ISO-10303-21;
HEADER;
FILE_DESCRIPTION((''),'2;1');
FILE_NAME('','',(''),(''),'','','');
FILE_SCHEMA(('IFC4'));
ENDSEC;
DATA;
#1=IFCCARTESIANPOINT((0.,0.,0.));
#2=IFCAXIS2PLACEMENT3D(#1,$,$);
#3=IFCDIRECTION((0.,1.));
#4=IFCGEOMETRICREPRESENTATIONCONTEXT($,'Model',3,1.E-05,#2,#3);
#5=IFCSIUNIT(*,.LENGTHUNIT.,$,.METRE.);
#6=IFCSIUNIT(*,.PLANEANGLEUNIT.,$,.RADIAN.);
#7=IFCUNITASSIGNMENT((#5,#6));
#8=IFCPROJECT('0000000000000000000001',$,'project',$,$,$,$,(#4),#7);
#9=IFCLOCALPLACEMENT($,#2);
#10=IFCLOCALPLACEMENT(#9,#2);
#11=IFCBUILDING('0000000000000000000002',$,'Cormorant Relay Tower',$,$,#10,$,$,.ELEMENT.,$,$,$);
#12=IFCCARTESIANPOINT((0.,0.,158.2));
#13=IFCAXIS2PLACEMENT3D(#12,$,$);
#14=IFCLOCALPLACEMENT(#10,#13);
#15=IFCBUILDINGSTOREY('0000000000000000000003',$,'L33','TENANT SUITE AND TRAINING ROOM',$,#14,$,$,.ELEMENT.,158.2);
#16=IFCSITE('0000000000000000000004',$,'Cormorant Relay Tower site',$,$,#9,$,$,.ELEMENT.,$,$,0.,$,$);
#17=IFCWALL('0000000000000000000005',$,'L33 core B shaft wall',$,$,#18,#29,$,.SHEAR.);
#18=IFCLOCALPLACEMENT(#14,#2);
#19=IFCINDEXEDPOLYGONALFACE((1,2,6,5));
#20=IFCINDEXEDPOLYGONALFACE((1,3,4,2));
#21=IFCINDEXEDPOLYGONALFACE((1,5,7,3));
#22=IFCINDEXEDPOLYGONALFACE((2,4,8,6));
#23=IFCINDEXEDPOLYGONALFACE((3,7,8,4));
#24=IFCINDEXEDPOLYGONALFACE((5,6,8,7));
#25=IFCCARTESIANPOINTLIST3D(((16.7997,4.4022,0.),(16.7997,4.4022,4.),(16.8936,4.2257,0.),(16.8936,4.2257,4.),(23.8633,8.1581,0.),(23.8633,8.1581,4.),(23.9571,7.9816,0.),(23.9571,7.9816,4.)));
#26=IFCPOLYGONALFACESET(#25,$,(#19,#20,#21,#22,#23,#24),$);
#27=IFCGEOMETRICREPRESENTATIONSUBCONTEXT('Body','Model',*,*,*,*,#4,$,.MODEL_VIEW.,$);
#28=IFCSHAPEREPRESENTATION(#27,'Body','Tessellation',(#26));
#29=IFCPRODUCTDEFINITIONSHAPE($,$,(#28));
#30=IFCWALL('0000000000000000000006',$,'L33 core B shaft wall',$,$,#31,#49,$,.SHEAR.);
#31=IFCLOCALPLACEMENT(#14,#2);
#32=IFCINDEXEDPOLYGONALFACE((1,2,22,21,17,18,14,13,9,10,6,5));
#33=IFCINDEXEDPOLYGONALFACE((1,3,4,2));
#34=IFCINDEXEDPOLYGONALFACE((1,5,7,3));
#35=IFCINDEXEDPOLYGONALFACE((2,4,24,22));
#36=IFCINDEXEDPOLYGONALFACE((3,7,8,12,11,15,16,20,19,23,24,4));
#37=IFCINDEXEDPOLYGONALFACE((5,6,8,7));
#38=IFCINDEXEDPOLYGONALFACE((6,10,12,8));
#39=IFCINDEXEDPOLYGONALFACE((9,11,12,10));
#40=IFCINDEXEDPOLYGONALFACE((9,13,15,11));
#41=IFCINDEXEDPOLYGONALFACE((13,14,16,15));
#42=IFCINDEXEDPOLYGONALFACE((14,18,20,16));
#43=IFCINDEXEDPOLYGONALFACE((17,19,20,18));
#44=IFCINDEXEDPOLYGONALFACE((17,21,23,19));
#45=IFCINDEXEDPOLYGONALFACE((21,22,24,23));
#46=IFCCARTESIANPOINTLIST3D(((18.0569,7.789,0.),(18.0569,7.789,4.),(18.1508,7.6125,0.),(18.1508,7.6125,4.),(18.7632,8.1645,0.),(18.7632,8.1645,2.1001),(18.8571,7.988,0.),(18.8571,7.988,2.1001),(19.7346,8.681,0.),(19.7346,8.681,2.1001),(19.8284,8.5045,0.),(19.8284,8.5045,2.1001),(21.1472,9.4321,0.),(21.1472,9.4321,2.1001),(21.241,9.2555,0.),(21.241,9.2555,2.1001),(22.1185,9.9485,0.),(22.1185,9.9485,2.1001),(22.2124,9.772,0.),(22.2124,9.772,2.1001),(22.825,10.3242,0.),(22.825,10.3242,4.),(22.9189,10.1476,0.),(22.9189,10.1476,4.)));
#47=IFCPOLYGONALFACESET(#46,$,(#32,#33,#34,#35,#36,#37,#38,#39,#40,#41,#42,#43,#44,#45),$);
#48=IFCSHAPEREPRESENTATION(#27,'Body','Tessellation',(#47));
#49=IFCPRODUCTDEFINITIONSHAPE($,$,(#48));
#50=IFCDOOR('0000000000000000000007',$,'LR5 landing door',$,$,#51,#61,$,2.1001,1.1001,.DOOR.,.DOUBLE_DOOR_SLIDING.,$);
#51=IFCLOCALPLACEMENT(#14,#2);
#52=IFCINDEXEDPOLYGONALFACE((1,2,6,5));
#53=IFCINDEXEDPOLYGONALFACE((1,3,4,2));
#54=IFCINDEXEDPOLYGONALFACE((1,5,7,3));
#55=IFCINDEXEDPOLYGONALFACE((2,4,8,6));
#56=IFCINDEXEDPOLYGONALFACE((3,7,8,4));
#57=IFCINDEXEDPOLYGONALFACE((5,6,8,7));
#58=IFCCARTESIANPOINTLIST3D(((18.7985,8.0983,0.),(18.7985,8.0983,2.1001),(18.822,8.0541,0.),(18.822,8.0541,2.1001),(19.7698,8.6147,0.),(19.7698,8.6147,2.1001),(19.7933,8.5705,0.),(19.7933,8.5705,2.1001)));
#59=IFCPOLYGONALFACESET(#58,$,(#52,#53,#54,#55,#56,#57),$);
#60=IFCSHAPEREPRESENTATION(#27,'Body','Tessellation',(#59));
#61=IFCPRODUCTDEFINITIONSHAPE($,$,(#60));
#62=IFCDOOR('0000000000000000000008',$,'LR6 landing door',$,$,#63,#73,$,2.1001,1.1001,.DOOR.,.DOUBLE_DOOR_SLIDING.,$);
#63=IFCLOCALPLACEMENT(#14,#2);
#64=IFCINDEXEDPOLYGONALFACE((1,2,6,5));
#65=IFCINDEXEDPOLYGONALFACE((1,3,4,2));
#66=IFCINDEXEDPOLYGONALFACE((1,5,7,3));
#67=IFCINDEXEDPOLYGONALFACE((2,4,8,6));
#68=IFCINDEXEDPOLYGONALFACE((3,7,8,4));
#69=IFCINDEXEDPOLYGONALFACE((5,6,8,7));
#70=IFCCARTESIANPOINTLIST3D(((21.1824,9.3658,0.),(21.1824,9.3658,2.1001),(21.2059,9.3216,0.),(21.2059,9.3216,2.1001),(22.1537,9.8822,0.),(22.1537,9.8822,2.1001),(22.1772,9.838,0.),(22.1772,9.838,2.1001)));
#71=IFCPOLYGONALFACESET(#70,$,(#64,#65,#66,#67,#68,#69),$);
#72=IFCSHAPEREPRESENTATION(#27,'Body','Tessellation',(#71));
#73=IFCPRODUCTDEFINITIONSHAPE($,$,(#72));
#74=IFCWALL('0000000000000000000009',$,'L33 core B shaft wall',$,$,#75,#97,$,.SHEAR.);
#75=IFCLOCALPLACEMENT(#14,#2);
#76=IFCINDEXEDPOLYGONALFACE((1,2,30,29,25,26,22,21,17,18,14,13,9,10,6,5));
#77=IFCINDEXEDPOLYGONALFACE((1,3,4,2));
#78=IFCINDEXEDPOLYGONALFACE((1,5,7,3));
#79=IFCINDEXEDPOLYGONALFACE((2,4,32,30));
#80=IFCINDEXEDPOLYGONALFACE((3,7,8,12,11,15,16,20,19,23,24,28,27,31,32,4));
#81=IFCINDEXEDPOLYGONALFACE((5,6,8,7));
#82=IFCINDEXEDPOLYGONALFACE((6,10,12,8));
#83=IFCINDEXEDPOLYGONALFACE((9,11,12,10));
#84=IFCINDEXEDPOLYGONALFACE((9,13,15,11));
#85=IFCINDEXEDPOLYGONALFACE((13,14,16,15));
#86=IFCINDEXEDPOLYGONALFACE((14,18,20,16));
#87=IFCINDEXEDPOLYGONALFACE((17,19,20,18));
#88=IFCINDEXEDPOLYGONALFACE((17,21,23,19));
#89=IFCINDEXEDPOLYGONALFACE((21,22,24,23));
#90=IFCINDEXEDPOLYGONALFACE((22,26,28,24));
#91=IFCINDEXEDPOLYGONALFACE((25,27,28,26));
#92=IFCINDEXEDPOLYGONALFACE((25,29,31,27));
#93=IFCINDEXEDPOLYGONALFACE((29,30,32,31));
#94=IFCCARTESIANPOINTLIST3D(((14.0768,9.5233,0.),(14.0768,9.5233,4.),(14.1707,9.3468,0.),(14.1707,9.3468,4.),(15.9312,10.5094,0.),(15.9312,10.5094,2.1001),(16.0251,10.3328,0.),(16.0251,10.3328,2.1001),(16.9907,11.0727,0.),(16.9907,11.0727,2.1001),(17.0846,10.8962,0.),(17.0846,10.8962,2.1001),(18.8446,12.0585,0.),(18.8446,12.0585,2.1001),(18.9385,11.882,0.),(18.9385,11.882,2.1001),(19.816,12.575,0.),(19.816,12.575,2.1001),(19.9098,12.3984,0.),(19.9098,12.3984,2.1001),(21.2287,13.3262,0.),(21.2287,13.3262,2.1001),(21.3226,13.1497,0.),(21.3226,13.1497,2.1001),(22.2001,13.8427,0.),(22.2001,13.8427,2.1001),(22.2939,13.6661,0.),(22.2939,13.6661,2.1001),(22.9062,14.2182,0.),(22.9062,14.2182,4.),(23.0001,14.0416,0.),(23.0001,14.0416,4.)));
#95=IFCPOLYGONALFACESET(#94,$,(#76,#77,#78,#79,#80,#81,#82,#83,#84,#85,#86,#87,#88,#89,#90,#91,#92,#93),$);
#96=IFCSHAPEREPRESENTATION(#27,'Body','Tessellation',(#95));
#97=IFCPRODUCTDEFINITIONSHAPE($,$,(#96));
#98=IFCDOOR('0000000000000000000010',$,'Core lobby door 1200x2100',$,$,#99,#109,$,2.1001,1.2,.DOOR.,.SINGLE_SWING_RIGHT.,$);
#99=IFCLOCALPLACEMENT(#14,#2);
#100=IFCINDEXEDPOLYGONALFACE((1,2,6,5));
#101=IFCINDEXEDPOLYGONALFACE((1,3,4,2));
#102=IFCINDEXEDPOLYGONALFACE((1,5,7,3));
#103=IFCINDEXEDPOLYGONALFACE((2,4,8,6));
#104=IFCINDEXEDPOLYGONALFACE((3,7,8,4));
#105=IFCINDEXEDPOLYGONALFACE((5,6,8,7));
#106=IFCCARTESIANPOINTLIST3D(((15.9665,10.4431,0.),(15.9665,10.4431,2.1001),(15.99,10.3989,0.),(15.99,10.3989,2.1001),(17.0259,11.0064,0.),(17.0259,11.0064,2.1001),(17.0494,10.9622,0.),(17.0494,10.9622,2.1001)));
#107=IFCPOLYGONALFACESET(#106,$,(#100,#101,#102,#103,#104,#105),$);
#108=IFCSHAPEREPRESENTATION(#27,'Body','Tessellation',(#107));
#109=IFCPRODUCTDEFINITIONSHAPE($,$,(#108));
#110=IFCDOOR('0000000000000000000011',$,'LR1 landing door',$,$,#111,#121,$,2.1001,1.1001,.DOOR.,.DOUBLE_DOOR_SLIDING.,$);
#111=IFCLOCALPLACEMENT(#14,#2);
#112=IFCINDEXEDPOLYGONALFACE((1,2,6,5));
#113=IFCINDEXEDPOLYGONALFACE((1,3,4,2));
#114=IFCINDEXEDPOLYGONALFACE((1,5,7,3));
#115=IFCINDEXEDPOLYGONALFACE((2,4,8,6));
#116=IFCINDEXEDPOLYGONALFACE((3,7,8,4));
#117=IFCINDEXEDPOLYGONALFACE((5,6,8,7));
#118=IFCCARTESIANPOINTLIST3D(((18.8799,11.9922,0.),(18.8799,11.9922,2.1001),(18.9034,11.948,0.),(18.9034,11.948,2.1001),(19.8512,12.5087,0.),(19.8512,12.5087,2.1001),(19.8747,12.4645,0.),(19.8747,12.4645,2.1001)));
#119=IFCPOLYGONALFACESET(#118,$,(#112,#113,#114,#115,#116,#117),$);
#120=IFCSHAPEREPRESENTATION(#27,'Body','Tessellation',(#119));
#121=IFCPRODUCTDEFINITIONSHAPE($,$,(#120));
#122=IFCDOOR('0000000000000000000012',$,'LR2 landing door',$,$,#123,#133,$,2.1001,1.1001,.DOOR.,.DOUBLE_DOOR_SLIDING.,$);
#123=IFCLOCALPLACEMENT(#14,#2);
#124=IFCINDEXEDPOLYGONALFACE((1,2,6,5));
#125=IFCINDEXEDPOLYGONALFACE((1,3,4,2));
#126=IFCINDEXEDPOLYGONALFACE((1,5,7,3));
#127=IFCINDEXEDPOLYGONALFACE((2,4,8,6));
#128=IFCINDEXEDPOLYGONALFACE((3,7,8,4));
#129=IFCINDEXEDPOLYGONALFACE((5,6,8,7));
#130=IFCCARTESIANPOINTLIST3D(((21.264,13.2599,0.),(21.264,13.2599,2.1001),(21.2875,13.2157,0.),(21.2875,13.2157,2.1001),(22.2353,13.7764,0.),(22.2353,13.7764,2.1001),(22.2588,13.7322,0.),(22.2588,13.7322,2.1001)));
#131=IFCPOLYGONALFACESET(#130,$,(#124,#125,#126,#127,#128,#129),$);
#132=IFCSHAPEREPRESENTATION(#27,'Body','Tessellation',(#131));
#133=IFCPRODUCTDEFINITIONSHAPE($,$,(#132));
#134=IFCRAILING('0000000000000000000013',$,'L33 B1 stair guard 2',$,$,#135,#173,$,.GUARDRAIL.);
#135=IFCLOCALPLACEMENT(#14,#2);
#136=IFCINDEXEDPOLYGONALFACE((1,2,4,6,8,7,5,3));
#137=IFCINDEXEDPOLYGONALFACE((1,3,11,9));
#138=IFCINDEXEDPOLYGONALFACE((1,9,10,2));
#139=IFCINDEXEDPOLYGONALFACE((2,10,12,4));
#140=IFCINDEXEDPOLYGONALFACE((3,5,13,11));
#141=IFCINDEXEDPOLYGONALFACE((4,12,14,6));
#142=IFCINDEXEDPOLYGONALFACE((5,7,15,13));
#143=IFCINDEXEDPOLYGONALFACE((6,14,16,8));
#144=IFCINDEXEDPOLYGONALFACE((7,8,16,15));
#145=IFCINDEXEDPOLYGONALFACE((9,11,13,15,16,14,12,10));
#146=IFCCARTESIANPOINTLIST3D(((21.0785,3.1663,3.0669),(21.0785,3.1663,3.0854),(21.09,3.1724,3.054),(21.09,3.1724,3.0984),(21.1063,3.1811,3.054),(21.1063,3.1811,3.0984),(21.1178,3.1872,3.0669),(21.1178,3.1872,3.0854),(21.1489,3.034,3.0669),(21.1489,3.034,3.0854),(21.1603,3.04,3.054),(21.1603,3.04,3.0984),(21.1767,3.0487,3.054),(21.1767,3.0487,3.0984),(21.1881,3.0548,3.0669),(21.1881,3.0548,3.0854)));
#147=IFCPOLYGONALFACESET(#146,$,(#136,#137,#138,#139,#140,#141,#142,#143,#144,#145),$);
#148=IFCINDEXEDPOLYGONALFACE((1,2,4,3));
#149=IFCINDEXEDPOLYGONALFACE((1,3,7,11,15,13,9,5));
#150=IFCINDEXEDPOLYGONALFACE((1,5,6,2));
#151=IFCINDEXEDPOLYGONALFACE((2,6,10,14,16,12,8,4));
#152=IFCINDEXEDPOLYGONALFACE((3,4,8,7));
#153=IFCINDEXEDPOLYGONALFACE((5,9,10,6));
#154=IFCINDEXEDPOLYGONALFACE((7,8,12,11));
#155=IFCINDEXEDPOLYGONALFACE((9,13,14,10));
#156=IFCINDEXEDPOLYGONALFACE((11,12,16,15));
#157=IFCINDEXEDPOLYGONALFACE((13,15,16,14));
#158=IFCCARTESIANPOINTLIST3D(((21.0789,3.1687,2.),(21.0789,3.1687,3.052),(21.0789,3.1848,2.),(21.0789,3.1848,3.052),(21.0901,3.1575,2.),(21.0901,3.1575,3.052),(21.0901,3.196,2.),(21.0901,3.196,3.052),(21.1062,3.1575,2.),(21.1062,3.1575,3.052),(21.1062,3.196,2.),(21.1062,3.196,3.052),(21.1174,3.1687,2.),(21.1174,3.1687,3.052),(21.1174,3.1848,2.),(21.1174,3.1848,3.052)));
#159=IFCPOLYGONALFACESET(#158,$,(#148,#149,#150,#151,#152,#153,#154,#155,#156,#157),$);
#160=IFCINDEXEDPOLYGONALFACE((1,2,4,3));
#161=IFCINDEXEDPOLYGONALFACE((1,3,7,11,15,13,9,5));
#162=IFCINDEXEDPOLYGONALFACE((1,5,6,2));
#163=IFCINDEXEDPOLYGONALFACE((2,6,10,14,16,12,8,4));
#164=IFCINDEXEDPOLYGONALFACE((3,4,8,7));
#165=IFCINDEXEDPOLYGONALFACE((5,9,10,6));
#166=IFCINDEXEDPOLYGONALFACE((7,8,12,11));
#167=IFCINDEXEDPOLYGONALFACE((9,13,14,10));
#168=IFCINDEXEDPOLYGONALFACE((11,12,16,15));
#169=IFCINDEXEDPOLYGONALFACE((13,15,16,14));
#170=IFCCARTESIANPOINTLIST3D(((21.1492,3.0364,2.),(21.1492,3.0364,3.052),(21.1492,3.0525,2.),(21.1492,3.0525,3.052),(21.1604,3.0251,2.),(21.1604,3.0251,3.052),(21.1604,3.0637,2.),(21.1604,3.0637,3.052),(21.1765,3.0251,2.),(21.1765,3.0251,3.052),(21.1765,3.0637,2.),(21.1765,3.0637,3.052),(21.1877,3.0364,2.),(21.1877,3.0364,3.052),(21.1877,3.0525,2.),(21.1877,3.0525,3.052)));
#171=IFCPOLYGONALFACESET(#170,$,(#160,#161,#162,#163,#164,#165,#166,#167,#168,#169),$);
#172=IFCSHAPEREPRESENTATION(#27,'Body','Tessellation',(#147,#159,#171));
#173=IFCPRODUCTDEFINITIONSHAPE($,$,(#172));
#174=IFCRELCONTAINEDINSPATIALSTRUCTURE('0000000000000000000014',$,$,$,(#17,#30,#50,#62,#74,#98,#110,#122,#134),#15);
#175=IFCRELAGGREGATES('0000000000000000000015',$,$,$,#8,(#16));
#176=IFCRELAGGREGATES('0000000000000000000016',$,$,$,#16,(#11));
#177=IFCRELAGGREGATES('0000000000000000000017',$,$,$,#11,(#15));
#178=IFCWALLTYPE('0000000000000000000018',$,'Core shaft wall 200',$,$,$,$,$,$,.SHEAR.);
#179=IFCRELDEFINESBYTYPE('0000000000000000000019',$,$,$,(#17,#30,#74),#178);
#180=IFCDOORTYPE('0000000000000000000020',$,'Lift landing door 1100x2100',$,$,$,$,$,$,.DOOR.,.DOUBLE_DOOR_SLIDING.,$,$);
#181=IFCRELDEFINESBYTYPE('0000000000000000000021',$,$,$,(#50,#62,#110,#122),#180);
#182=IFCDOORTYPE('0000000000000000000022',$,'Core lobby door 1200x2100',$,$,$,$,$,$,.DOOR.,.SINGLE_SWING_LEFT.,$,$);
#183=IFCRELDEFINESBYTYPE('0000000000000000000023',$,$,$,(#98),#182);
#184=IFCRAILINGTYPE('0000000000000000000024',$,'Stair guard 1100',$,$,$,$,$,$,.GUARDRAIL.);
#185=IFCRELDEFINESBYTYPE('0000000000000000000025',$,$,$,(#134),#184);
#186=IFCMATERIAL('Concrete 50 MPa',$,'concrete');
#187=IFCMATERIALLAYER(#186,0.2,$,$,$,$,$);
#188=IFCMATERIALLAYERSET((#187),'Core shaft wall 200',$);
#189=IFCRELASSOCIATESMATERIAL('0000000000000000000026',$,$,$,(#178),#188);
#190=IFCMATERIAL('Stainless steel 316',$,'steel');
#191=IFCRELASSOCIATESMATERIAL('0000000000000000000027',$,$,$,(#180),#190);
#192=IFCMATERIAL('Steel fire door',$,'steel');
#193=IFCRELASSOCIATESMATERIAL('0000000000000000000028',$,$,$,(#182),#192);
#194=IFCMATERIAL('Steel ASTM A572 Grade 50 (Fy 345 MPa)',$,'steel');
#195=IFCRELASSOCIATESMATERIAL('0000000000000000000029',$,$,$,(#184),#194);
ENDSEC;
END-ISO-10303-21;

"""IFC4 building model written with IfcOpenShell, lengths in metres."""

from ifc_helpers import new_model, si_unit, direction, frame, frame_2d, origin, place, context, subcontext, project, spatial, polyline, rectangle, outline, extrude, material, layer, layer_set, type_object, element, fill, save


model = new_model("IFC4")

# Units and contexts
model_context = context("Model", 3, precision=1e-05, world=origin(), true_north=direction((0.0, 1.0)))
body_context = subcontext(model_context, "Body", "Model", "MODEL_VIEW")
ifc_project = project(units=[si_unit("LENGTHUNIT", "METRE"), si_unit("PLANEANGLEUNIT", "RADIAN")], contexts=[model_context])

# Site, building, storey
site_placement = place(None, origin())
site = spatial("IfcSite", under=ifc_project, at=site_placement, Name="Cormorant Relay Tower site", CompositionType="ELEMENT", RefElevation=0.0)
building_placement = place(site_placement, origin())
building = spatial("IfcBuilding", under=site, at=building_placement, Name="Cormorant Relay Tower", CompositionType="ELEMENT")
storey_placement = place(building_placement, frame((0.0, 0.0, 158.2)))
storey = spatial("IfcBuildingStorey", under=building, at=storey_placement, Name="L33", Description="TENANT SUITE AND TRAINING ROOM", CompositionType="ELEMENT", Elevation=158.2)

# Wall
ifc_material_1 = material(Name="Concrete 50 MPa", Category="concrete")
ifc_layer_1 = layer(ifc_material_1, 0.2)
ifc_layer_set_1 = layer_set([ifc_layer_1], Name="Core shaft wall 200")
wall_type = type_object("IfcWallType", Name="Core shaft wall 200", PredefinedType="SHEAR", material=ifc_layer_set_1)
for number, where, z_axis, x_axis, name in (
    (1, (16.8467, 4.314, 0.0), (0.0, 0.0, 1.0), (0.88294, 0.469485, 0.0), "L33 core B shaft wall"),
):
    element("IfcWall", number, at=place(storey_placement, frame(where, z_axis=z_axis, x_axis=x_axis)), inside=storey, type_object=wall_type, Name=name, PredefinedType="SHEAR", context=body_context, shape_type="SweptSolid", body=[
        extrude(rectangle(XDim=8.0, YDim=0.2, at=frame_2d((4.0, 0.0))), origin(), (0.0, 0.0, 1.0), 4.0),
    ])

# Walls, openings, doors
wall_1_placement = place(storey_placement, frame((18.1038, 7.7007, 0.0), z_axis=(0.0, 0.0, 1.0), x_axis=(0.882953, 0.469462, 0.0)))
wall_1 = element("IfcWall", 2, at=wall_1_placement, inside=storey, type_object=wall_type, Name="L33 core B shaft wall", PredefinedType="SHEAR", context=body_context, shape_type="SweptSolid", body=[
    extrude(rectangle(XDim=5.4001, YDim=0.2, at=frame_2d((2.7002, 0.0))), origin(), (0.0, 0.0, 1.0), 4.0),
])
opening_1_placement = place(wall_1_placement, frame((0.8, 0.0, 0.0)))
opening_1 = element("IfcOpeningElement", 3, at=opening_1_placement, cuts=wall_1, PredefinedType="OPENING", context=body_context, shape_type="SweptSolid", body=[
    extrude(rectangle(XDim=1.1001, YDim=2.1001, at=frame_2d((0.55, 1.05))), frame((0.0, 0.1099, 0.0), z_axis=(0.0, -1.0, 0.0), x_axis=(1.0, 0.0, 0.0)), (0.0, 0.0, 1.0), 0.22),
])
opening_2_placement = place(wall_1_placement, frame((3.5, 0.0, 0.0)))
opening_2 = element("IfcOpeningElement", 4, at=opening_2_placement, cuts=wall_1, PredefinedType="OPENING", context=body_context, shape_type="SweptSolid", body=[
    extrude(rectangle(XDim=1.1001, YDim=2.1001, at=frame_2d((0.55, 1.05))), frame((0.0, 0.1099, 0.0), z_axis=(0.0, -1.0, 0.0), x_axis=(1.0, 0.0, 0.0)), (0.0, 0.0, 1.0), 0.22),
])
ifc_material_2 = material(Name="Stainless steel 316", Category="steel")
door_type_1 = type_object("IfcDoorType", Name="Lift landing door 1100x2100", OperationType="DOUBLE_DOOR_SLIDING", PredefinedType="DOOR", material=ifc_material_2)
door_1_placement = place(opening_1_placement, origin())
door_1 = element("IfcDoor", 5, at=door_1_placement, inside=storey, type_object=door_type_1, Name="LR5 landing door", OperationType="DOUBLE_DOOR_SLIDING", OverallHeight=2.1001, OverallWidth=1.1001, PredefinedType="DOOR", context=body_context, shape_type="SweptSolid", body=[
    extrude(rectangle(XDim=1.1001, YDim=2.1001, at=frame_2d((0.55, 1.05))), frame((0.0, 0.0249, 0.0), z_axis=(0.0, -1.0, 0.0), x_axis=(1.0, 0.0, 0.0)), (0.0, 0.0, 1.0), 0.05),
])
fill(opening_1, door_1)
door_2_placement = place(opening_2_placement, origin())
door_2 = element("IfcDoor", 6, at=door_2_placement, inside=storey, type_object=door_type_1, Name="LR6 landing door", OperationType="DOUBLE_DOOR_SLIDING", OverallHeight=2.1001, OverallWidth=1.1001, PredefinedType="DOOR", context=body_context, shape_type="SweptSolid", body=[
    extrude(rectangle(XDim=1.1001, YDim=2.1001, at=frame_2d((0.55, 1.05))), frame((0.0, 0.0249, 0.0), z_axis=(0.0, -1.0, 0.0), x_axis=(1.0, 0.0, 0.0)), (0.0, 0.0, 1.0), 0.05),
])
fill(opening_2, door_2)
wall_2_placement = place(storey_placement, frame((14.1238, 9.4351, 0.0), z_axis=(0.0, 0.0, 1.0), x_axis=(0.88294, 0.469485, 0.0)))
wall_2 = element("IfcWall", 7, at=wall_2_placement, inside=storey, type_object=wall_type, Name="L33 core B shaft wall", PredefinedType="SHEAR", context=body_context, shape_type="SweptSolid", body=[
    extrude(rectangle(XDim=10.0, YDim=0.2, at=frame_2d((5.0, 0.0))), origin(), (0.0, 0.0, 1.0), 4.0),
])
opening_3_placement = place(wall_2_placement, frame((2.1001, 0.0, 0.0)))
opening_3 = element("IfcOpeningElement", 8, at=opening_3_placement, cuts=wall_2, PredefinedType="OPENING", context=body_context, shape_type="SweptSolid", body=[
    extrude(rectangle(XDim=1.2, YDim=2.1001, at=frame_2d((0.6001, 1.05))), frame((0.0, 0.1099, 0.0), z_axis=(0.0, -1.0, 0.0), x_axis=(1.0, 0.0, 0.0)), (0.0, 0.0, 1.0), 0.22),
])
opening_4_placement = place(wall_2_placement, frame((5.3999, 0.0, 0.0)))
opening_4 = element("IfcOpeningElement", 9, at=opening_4_placement, cuts=wall_2, PredefinedType="OPENING", context=body_context, shape_type="SweptSolid", body=[
    extrude(rectangle(XDim=1.1001, YDim=2.1001, at=frame_2d((0.55, 1.05))), frame((0.0, 0.1099, 0.0), z_axis=(0.0, -1.0, 0.0), x_axis=(1.0, 0.0, 0.0)), (0.0, 0.0, 1.0), 0.22),
])
opening_5_placement = place(wall_2_placement, frame((8.1001, 0.0, 0.0)))
opening_5 = element("IfcOpeningElement", 10, at=opening_5_placement, cuts=wall_2, PredefinedType="OPENING", context=body_context, shape_type="SweptSolid", body=[
    extrude(rectangle(XDim=1.1001, YDim=2.1001, at=frame_2d((0.55, 1.05))), frame((0.0, 0.1099, 0.0), z_axis=(0.0, -1.0, 0.0), x_axis=(1.0, 0.0, 0.0)), (0.0, 0.0, 1.0), 0.22),
])
ifc_material_3 = material(Name="Steel fire door", Category="steel")
door_type_2 = type_object("IfcDoorType", Name="Core lobby door 1200x2100", OperationType="SINGLE_SWING_LEFT", PredefinedType="DOOR", material=ifc_material_3)
door_3_placement = place(opening_3_placement, origin())
door_3 = element("IfcDoor", 11, at=door_3_placement, inside=storey, type_object=door_type_2, Name="Core lobby door 1200x2100", OperationType="SINGLE_SWING_RIGHT", OverallHeight=2.1001, OverallWidth=1.2, PredefinedType="DOOR", context=body_context, shape_type="SweptSolid", body=[
    extrude(rectangle(XDim=1.2, YDim=2.1001, at=frame_2d((0.6001, 1.05))), frame((0.0, 0.0249, 0.0), z_axis=(0.0, -1.0, 0.0), x_axis=(1.0, 0.0, 0.0)), (0.0, 0.0, 1.0), 0.05),
])
fill(opening_3, door_3)
door_4_placement = place(opening_4_placement, origin())
door_4 = element("IfcDoor", 12, at=door_4_placement, inside=storey, type_object=door_type_1, Name="LR1 landing door", OperationType="DOUBLE_DOOR_SLIDING", OverallHeight=2.1001, OverallWidth=1.1001, PredefinedType="DOOR", context=body_context, shape_type="SweptSolid", body=[
    extrude(rectangle(XDim=1.1001, YDim=2.1001, at=frame_2d((0.55, 1.05))), frame((0.0, 0.0249, 0.0), z_axis=(0.0, -1.0, 0.0), x_axis=(1.0, 0.0, 0.0)), (0.0, 0.0, 1.0), 0.05),
])
fill(opening_4, door_4)
door_5_placement = place(opening_5_placement, origin())
door_5 = element("IfcDoor", 13, at=door_5_placement, inside=storey, type_object=door_type_1, Name="LR2 landing door", OperationType="DOUBLE_DOOR_SLIDING", OverallHeight=2.1001, OverallWidth=1.1001, PredefinedType="DOOR", context=body_context, shape_type="SweptSolid", body=[
    extrude(rectangle(XDim=1.1001, YDim=2.1001, at=frame_2d((0.55, 1.05))), frame((0.0, 0.0249, 0.0), z_axis=(0.0, -1.0, 0.0), x_axis=(1.0, 0.0, 0.0)), (0.0, 0.0, 1.0), 0.05),
])
fill(opening_5, door_5)

# Railing
ifc_material_4 = material(Name="Steel ASTM A572 Grade 50 (Fy 345 MPa)", Category="steel")
railing_type = type_object("IfcRailingType", Name="Stair guard 1100", PredefinedType="GUARDRAIL", material=ifc_material_4)
railing_placement = place(storey_placement, frame((21.0981, 3.1768, 2.0)))
element("IfcRailing", 14, at=railing_placement, inside=storey, type_object=railing_type, Name="L33 B1 stair guard 2", PredefinedType="GUARDRAIL", context=body_context, shape_type="SweptSolid", body=[
    extrude(outline(polyline([(0.0222, 0.0093), (0.0093, 0.0222), (-0.0093, 0.0222), (-0.0222, 0.0093), (-0.0222, -0.0093), (-0.0093, -0.0222), (0.0093, -0.0222), (0.0222, -0.0093), (0.0222, 0.0093)])), frame((0.0, 0.0, 1.0762), z_axis=(0.469235, -0.883074, 0.0), x_axis=(0.883074, 0.469235, 0.0)), (0.0, 0.0, 1.0), 0.1499),
    extrude(outline(polyline([(0.0193, 0.0081), (0.0081, 0.0193), (-0.0081, 0.0193), (-0.0193, 0.0081), (-0.0193, -0.0081), (-0.0081, -0.0193), (0.0081, -0.0193), (0.0193, -0.0081), (0.0193, 0.0081)])), origin(), (0.0, 0.0, 1.0), 1.052),
    extrude(outline(polyline([(0.0193, 0.0081), (0.0081, 0.0193), (-0.0081, 0.0193), (-0.0193, 0.0081), (-0.0193, -0.0081), (-0.0081, -0.0193), (0.0081, -0.0193), (0.0193, -0.0081), (0.0193, 0.0081)])), frame((0.0703, -0.1323, 0.0)), (0.0, 0.0, 1.0), 1.052),
])

save(model, "model.ifc")
